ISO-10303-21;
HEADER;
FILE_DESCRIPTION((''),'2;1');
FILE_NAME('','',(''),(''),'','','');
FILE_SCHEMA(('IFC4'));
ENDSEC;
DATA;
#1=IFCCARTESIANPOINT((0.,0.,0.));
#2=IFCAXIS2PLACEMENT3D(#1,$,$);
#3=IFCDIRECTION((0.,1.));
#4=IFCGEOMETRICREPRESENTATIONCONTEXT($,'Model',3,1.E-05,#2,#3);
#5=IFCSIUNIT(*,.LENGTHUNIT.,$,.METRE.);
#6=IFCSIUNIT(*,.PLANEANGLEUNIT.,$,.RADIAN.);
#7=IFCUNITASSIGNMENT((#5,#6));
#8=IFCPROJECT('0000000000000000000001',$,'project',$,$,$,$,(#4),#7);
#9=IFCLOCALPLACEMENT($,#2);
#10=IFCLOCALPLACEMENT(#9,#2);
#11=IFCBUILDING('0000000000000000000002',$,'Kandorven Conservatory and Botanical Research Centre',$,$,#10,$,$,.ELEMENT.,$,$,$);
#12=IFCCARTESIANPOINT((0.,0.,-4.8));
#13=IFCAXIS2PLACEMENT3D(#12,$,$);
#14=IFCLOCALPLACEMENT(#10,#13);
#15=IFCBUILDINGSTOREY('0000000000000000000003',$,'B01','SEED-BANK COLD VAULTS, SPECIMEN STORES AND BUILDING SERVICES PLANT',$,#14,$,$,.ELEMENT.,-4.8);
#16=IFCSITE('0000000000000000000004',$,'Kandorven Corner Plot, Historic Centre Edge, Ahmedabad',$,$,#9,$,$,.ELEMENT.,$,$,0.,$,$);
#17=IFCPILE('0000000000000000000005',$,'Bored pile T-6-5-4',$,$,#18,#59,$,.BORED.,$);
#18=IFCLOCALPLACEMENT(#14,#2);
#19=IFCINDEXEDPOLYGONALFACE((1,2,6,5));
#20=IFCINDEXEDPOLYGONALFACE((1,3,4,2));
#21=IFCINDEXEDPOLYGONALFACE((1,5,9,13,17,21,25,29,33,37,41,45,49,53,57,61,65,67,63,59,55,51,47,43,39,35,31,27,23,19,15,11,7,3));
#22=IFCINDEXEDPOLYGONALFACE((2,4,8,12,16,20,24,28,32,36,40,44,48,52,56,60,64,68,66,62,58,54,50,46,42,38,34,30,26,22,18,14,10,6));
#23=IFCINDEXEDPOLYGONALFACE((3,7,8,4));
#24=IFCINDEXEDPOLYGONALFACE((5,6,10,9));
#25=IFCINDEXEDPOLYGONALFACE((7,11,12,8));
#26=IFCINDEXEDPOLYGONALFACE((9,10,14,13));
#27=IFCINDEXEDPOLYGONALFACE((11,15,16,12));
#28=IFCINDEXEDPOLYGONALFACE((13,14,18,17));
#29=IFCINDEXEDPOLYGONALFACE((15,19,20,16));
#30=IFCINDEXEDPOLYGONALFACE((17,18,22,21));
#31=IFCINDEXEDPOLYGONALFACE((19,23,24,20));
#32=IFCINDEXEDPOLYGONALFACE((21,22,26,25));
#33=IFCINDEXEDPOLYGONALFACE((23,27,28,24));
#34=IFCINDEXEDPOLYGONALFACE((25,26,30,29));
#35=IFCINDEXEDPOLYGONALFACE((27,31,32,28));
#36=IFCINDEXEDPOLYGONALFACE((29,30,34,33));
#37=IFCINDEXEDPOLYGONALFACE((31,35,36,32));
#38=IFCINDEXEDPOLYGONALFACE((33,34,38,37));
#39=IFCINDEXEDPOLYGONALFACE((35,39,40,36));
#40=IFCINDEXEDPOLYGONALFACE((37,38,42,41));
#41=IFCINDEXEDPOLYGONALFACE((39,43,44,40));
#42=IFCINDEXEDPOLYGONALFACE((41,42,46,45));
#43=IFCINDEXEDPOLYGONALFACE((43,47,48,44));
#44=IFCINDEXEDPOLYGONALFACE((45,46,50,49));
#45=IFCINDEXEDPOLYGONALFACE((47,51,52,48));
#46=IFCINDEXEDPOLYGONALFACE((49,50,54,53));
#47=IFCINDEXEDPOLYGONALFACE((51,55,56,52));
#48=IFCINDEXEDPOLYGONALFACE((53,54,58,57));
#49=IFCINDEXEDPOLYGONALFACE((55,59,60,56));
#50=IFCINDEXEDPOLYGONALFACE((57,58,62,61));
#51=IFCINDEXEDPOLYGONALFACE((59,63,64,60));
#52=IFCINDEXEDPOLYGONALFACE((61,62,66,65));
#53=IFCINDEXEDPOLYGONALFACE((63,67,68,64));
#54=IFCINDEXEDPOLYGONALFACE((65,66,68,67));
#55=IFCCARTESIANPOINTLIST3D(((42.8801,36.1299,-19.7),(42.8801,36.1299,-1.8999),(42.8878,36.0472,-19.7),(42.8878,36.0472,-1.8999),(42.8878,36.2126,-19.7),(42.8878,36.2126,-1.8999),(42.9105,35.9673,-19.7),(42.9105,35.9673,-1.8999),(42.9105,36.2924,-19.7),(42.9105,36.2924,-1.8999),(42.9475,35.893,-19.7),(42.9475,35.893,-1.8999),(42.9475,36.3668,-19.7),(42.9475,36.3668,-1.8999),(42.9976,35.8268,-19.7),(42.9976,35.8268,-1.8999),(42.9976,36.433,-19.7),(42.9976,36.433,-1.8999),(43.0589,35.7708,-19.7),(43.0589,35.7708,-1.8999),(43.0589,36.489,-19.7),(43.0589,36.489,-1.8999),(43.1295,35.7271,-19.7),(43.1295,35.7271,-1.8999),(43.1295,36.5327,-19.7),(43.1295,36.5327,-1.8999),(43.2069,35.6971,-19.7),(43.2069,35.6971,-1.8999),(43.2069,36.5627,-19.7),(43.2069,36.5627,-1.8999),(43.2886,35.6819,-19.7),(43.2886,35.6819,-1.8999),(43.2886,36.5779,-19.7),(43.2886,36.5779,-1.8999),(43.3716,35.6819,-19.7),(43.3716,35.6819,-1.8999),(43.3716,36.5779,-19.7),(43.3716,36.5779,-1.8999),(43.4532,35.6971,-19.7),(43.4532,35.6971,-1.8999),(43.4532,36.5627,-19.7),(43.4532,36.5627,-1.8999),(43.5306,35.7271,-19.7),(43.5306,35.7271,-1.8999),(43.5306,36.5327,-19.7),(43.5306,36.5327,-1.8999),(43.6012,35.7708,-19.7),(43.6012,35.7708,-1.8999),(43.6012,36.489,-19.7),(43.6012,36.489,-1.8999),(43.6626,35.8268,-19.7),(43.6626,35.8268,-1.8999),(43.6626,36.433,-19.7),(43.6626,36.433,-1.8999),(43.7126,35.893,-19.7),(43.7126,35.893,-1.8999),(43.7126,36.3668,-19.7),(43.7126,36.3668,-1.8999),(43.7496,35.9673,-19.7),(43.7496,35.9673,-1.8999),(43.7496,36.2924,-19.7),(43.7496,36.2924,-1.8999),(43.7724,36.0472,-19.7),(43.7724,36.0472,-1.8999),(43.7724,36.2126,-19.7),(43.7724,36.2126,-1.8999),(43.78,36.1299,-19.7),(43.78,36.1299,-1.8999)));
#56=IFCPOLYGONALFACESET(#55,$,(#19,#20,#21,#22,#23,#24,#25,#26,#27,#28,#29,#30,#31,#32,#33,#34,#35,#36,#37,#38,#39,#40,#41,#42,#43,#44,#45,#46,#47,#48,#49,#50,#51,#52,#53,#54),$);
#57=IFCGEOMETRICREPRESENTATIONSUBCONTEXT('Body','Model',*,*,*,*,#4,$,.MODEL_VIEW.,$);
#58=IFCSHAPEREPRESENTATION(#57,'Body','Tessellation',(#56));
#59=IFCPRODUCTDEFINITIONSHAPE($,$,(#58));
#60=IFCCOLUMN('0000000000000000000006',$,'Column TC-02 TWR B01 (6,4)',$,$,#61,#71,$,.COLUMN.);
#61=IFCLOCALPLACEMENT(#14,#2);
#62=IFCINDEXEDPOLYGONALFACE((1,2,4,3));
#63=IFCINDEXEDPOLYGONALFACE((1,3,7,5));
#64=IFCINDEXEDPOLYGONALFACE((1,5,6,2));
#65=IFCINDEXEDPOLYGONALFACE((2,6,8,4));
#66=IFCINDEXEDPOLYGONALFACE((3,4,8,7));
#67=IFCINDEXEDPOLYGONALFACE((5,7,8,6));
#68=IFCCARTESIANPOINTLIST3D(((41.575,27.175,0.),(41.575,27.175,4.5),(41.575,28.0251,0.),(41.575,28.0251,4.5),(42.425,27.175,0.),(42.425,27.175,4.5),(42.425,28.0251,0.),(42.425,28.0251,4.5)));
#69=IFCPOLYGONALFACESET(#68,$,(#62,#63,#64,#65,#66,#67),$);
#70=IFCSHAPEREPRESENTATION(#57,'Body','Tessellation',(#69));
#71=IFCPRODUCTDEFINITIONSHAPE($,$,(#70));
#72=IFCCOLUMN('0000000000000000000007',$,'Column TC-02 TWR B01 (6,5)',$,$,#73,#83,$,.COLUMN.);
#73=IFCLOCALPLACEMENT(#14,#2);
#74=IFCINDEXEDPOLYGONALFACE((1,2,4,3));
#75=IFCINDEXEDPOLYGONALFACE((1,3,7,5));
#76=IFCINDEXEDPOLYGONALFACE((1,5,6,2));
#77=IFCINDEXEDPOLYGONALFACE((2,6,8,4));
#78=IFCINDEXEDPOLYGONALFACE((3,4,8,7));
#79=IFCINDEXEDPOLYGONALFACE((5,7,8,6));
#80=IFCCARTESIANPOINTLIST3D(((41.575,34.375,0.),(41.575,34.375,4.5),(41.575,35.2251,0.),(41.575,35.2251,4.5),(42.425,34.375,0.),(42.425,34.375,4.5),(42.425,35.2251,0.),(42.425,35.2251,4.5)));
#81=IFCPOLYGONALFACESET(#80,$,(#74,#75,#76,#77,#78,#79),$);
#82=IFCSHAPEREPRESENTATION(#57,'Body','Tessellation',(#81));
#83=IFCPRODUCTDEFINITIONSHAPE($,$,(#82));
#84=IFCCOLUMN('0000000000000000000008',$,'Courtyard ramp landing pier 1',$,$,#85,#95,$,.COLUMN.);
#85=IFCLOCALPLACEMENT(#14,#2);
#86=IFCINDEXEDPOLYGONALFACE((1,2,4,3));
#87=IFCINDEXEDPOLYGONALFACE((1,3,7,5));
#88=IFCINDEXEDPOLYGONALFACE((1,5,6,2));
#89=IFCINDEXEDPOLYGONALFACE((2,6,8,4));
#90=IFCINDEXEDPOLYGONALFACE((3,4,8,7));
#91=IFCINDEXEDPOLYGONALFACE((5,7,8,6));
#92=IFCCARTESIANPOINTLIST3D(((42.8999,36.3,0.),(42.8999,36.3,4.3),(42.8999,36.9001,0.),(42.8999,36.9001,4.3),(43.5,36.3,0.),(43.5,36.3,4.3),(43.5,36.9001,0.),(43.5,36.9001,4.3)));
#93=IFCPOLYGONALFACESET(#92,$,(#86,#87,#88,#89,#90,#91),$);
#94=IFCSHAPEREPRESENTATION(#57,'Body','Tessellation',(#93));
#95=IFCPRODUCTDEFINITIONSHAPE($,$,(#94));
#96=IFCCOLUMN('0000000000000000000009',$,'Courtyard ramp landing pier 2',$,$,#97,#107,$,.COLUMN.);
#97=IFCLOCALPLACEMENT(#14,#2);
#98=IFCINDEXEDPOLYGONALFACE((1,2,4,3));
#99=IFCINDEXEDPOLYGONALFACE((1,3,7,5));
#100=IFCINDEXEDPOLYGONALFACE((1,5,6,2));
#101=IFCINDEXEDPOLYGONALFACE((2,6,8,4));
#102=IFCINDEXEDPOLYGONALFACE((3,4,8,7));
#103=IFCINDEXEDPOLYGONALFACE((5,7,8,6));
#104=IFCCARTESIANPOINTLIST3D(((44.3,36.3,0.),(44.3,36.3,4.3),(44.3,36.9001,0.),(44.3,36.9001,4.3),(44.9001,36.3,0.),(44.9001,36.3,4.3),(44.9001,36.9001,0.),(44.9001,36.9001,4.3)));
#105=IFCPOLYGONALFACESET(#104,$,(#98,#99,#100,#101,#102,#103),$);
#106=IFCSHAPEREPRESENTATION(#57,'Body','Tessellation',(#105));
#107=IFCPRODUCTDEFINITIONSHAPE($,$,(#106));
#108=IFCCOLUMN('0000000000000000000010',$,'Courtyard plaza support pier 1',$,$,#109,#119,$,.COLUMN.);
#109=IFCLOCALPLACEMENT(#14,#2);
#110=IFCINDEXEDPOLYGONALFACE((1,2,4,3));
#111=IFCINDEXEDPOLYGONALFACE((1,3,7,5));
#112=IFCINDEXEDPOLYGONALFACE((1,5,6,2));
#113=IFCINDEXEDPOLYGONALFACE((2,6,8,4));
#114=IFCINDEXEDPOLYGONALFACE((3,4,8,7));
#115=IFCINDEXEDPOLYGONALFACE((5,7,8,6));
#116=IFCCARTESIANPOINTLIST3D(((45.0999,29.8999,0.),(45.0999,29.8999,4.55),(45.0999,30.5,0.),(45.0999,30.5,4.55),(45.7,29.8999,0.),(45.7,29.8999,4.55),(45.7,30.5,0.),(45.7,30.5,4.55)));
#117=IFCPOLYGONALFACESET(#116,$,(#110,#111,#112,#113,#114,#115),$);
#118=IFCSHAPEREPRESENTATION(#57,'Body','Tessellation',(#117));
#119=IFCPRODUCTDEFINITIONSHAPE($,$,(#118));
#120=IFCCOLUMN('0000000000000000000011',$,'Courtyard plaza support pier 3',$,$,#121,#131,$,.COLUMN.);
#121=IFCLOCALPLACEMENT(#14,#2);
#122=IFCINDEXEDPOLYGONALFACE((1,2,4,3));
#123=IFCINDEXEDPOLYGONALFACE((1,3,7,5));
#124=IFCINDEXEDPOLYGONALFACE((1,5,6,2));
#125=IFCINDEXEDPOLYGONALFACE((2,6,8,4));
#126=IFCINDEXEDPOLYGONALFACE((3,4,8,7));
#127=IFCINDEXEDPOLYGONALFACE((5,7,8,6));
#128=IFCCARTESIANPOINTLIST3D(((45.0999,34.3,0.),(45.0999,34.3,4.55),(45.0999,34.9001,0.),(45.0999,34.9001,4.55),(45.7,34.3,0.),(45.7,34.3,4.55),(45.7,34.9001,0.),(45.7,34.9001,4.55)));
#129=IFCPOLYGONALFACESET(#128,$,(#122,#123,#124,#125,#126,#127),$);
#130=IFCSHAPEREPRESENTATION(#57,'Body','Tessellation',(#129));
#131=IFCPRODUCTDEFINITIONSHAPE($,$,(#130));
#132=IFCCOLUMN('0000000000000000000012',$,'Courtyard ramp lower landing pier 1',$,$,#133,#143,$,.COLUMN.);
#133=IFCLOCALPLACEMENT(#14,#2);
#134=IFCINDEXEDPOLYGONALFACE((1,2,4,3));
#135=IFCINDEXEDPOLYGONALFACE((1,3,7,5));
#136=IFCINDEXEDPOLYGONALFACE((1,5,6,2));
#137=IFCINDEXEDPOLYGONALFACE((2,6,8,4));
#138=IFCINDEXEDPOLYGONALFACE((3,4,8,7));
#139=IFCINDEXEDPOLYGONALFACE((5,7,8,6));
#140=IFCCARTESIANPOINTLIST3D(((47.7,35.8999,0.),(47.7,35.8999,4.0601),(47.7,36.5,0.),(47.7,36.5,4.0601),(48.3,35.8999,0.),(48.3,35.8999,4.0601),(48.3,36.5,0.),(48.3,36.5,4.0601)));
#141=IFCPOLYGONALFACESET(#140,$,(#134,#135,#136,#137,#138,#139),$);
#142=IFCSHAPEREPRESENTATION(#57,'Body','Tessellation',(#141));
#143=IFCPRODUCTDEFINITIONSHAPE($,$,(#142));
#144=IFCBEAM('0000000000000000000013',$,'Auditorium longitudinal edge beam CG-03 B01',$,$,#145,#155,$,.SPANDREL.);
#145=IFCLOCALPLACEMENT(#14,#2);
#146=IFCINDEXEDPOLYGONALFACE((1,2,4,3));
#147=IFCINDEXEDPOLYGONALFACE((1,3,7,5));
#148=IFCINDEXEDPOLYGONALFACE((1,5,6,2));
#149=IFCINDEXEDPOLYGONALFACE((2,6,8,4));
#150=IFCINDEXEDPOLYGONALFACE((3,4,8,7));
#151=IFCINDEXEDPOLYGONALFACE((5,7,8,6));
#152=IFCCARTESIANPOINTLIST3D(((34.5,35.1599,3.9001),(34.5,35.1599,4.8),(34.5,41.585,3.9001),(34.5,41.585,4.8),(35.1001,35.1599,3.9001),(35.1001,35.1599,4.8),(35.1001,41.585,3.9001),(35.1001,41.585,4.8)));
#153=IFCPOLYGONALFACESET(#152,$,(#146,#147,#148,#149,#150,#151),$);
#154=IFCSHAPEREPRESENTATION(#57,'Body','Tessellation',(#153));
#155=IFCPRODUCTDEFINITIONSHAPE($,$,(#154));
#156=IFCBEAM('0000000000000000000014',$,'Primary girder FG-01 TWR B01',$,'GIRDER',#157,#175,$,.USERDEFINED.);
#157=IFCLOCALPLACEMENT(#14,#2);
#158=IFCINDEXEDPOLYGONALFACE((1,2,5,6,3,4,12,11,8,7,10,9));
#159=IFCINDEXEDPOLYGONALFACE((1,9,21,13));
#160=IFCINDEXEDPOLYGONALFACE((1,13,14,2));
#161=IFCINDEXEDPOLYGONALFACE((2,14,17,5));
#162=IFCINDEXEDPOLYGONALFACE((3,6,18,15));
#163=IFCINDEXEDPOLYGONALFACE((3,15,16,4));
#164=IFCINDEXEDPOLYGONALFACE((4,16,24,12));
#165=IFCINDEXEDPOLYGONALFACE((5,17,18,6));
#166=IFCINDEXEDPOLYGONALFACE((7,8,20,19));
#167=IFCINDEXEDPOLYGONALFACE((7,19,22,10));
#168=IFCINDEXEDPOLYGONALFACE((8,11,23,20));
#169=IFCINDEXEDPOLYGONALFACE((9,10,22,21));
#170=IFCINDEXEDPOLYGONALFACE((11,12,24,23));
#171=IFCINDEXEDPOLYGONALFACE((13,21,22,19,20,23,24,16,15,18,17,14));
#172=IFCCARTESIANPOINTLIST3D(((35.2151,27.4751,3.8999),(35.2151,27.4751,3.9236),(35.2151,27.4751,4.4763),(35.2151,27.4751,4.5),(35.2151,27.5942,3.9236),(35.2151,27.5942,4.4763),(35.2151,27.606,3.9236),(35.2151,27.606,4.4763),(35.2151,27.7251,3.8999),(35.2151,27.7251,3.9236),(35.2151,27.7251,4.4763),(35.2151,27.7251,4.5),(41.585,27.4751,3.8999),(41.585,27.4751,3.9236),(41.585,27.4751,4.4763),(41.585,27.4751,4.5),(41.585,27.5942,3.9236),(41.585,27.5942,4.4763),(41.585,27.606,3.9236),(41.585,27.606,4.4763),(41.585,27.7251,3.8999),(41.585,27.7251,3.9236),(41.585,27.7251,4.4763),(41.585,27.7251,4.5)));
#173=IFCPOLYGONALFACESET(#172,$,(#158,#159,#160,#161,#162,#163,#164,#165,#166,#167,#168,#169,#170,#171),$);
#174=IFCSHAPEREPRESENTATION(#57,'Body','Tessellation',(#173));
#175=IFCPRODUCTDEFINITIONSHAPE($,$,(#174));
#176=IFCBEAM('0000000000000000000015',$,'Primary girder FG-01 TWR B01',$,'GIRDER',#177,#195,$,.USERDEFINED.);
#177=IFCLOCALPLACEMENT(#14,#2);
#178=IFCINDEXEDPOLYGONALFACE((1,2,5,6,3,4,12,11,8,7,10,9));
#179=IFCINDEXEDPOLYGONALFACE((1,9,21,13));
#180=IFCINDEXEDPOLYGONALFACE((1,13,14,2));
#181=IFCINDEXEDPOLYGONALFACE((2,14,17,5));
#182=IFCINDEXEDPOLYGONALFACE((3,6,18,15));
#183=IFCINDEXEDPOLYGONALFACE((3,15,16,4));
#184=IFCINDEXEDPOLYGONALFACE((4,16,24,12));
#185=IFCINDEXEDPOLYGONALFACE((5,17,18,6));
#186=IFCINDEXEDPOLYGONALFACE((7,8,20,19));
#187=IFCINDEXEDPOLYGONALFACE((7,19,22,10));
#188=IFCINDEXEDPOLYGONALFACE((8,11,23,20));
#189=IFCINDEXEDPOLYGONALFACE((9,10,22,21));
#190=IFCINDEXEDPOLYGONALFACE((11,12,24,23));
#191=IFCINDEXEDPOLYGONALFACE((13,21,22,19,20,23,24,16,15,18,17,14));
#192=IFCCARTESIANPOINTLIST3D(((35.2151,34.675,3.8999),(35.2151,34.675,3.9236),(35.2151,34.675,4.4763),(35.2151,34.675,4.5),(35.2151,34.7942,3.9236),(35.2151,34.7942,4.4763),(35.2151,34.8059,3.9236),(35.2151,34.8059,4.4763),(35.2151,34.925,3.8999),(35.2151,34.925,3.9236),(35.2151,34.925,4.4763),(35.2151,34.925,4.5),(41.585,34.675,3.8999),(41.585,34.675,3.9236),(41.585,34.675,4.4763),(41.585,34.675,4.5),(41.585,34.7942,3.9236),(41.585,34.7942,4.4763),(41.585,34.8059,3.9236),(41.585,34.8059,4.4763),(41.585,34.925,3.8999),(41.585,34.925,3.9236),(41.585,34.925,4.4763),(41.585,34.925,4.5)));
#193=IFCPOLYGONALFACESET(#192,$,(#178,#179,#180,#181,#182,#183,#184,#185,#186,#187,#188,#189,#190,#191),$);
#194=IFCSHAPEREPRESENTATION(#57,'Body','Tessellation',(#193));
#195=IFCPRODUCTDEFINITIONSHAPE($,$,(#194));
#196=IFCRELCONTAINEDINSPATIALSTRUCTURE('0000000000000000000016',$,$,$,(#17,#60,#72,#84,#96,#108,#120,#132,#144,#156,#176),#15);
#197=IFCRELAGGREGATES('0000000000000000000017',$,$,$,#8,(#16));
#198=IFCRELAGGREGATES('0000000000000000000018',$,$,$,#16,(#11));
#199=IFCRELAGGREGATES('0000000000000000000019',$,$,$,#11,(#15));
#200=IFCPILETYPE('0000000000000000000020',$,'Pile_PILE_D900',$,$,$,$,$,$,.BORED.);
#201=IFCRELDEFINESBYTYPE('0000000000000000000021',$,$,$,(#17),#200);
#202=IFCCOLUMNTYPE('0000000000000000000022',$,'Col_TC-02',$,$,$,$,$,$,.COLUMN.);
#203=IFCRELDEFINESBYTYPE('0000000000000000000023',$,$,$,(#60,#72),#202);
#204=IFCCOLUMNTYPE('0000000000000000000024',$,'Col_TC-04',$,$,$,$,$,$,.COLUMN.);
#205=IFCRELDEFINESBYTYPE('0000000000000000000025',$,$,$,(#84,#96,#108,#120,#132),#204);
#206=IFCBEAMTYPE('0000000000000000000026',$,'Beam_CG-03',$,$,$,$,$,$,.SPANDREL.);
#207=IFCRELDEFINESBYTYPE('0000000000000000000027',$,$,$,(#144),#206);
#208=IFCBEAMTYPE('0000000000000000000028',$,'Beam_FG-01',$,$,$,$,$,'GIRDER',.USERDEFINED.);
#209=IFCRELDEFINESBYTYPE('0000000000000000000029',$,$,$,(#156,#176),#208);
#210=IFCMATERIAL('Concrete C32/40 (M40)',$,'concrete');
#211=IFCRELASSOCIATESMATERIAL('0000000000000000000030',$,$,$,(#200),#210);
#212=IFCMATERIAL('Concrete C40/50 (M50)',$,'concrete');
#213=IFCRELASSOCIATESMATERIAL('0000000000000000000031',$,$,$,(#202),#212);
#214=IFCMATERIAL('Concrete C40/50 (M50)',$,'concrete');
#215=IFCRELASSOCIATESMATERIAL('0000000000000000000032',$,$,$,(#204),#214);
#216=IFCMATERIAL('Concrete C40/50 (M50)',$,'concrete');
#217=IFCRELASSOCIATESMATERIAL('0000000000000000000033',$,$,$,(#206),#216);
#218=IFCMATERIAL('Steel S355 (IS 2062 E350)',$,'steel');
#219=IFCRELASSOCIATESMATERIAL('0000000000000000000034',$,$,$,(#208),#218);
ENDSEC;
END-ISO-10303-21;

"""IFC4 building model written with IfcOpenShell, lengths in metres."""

from ifc_helpers import new_model, si_unit, direction, frame, origin, origin_2d, place, context, subcontext, project, spatial, rectangle, circle, i_section, extrude, material, material_profile, profile_set, type_object, element, save


model = new_model("IFC4")

# Units and contexts
model_context = context("Model", 3, precision=1e-05, world=origin(), true_north=direction((0.0, 1.0)))
body_context = subcontext(model_context, "Body", "Model", "MODEL_VIEW")
ifc_project = project(units=[si_unit("LENGTHUNIT", "METRE"), si_unit("PLANEANGLEUNIT", "RADIAN")], contexts=[model_context])

# Site, building, storey
site_placement = place(None, origin())
site = spatial("IfcSite", under=ifc_project, at=site_placement, Name="Kandorven Corner Plot, Historic Centre Edge, Ahmedabad", CompositionType="ELEMENT", RefElevation=0.0)
building_placement = place(site_placement, origin())
building = spatial("IfcBuilding", under=site, at=building_placement, Name="Kandorven Conservatory and Botanical Research Centre", CompositionType="ELEMENT")
storey_placement = place(building_placement, frame((0.0, 0.0, -4.8)))
storey = spatial("IfcBuildingStorey", under=building, at=storey_placement, Name="B01", Description="SEED-BANK COLD VAULTS, SPECIMEN STORES AND BUILDING SERVICES PLANT", CompositionType="ELEMENT", Elevation=-4.8)

# Pile
ifc_material_1 = material(Name="Concrete C32/40 (M40)", Category="concrete")
ifc_material_profile_1 = material_profile(ifc_material_1, circle(Radius=0.45, at=origin_2d()))
ifc_profile_set_1 = profile_set([ifc_material_profile_1], Name="Concrete C32/40 (M40)")
pile_type_1 = type_object("IfcPileType", Name="Pile_PILE_D900", PredefinedType="BORED", material=ifc_profile_set_1)
for number, where, z_axis, x_axis, name in (
    (1, (43.3301, 36.1299, -1.8999), (0.0, 0.0, -1.0), (1.0, 0.0, 0.0), "Bored pile T-6-5-4"),
):
    element("IfcPile", number, at=place(storey_placement, frame(where, z_axis=z_axis, x_axis=x_axis)), inside=storey, type_object=pile_type_1, Name=name, PredefinedType="BORED", context=body_context, shape_type="SweptSolid", body=[
        extrude(circle(Radius=0.45, at=origin_2d()), origin(), (0.0, 0.0, 1.0), 17.8),
    ])

# Columns
ifc_material_2 = material(Name="Concrete C40/50 (M50)", Category="concrete")
ifc_material_profile_2 = material_profile(ifc_material_2, rectangle(XDim=0.8501, YDim=0.8501, at=origin_2d()))
ifc_profile_set_2 = profile_set([ifc_material_profile_2], Name="Concrete C40/50 (M50)")
column_type_1 = type_object("IfcColumnType", Name="Col_TC-02", PredefinedType="COLUMN", material=ifc_profile_set_2)
for number, where, z_axis, x_axis, name in (
    (2, (42.0, 27.6001, 0.0), (0.0, 0.0, 1.0), (1.0, 0.0, 0.0), "Column TC-02 TWR B01 (6,4)"),
    (3, (42.0, 34.8, 0.0), (0.0, 0.0, 1.0), (1.0, 0.0, 0.0), "Column TC-02 TWR B01 (6,5)"),
):
    element("IfcColumn", number, at=place(storey_placement, frame(where, z_axis=z_axis, x_axis=x_axis)), inside=storey, type_object=column_type_1, Name=name, PredefinedType="COLUMN", context=body_context, shape_type="SweptSolid", body=[
        extrude(rectangle(XDim=0.8501, YDim=0.8501, at=origin_2d()), origin(), (0.0, 0.0, 1.0), 4.5),
    ])
ifc_material_3 = material(Name="Concrete C40/50 (M50)", Category="concrete")
ifc_material_profile_3 = material_profile(ifc_material_3, rectangle(XDim=0.6001, YDim=0.6001, at=origin_2d()))
ifc_profile_set_3 = profile_set([ifc_material_profile_3], Name="Concrete C40/50 (M50)")
column_type_2 = type_object("IfcColumnType", Name="Col_TC-04", PredefinedType="COLUMN", material=ifc_profile_set_3)
for number, where, z_axis, x_axis, name in (
    (4, (43.2, 36.6001, 0.0), (0.0, 0.0, 1.0), (1.0, 0.0, 0.0), "Courtyard ramp landing pier 1"),
    (5, (44.6001, 36.6001, 0.0), (0.0, 0.0, 1.0), (1.0, 0.0, 0.0), "Courtyard ramp landing pier 2"),
):
    element("IfcColumn", number, at=place(storey_placement, frame(where, z_axis=z_axis, x_axis=x_axis)), inside=storey, type_object=column_type_2, Name=name, PredefinedType="COLUMN", context=body_context, shape_type="SweptSolid", body=[
        extrude(rectangle(XDim=0.6001, YDim=0.6001, at=origin_2d()), origin(), (0.0, 0.0, 1.0), 4.3),
    ])
for number, where, z_axis, x_axis, name in (
    (6, (45.3999, 30.2, 0.0), (0.0, 0.0, 1.0), (1.0, 0.0, 0.0), "Courtyard plaza support pier 1"),
    (7, (45.3999, 34.6001, 0.0), (0.0, 0.0, 1.0), (1.0, 0.0, 0.0), "Courtyard plaza support pier 3"),
):
    element("IfcColumn", number, at=place(storey_placement, frame(where, z_axis=z_axis, x_axis=x_axis)), inside=storey, type_object=column_type_2, Name=name, PredefinedType="COLUMN", context=body_context, shape_type="SweptSolid", body=[
        extrude(rectangle(XDim=0.6001, YDim=0.6001, at=origin_2d()), origin(), (0.0, 0.0, 1.0), 4.55),
    ])
column_placement = place(storey_placement, frame((48.0, 36.2, 0.0), z_axis=(0.0, 0.0, 1.0), x_axis=(1.0, 0.0, 0.0)))
element("IfcColumn", 8, at=column_placement, inside=storey, type_object=column_type_2, Name="Courtyard ramp lower landing pier 1", PredefinedType="COLUMN", context=body_context, shape_type="SweptSolid", body=[
    extrude(rectangle(XDim=0.6001, YDim=0.6001, at=origin_2d()), origin(), (0.0, 0.0, 1.0), 4.0601),
])

# Beams
ifc_material_4 = material(Name="Concrete C40/50 (M50)", Category="concrete")
ifc_material_profile_4 = material_profile(ifc_material_4, rectangle(XDim=0.6001, YDim=0.8999, at=origin_2d()))
ifc_profile_set_4 = profile_set([ifc_material_profile_4], Name="Concrete C40/50 (M50)")
beam_type_1 = type_object("IfcBeamType", Name="Beam_CG-03", PredefinedType="SPANDREL", material=ifc_profile_set_4)
beam_1_placement = place(storey_placement, frame((34.8, 35.1599, 4.3501), z_axis=(0.0, 1.0, 0.0), x_axis=(-1.0, 0.0, 0.0)))
element("IfcBeam", 9, at=beam_1_placement, inside=storey, type_object=beam_type_1, Name="Auditorium longitudinal edge beam CG-03 B01", PredefinedType="SPANDREL", context=body_context, shape_type="SweptSolid", body=[
    extrude(rectangle(XDim=0.6001, YDim=0.8999, at=origin_2d()), origin(), (0.0, 0.0, 1.0), 6.425),
])
ifc_material_5 = material(Name="Steel S355 (IS 2062 E350)", Category="steel")
ifc_material_profile_5 = material_profile(ifc_material_5, i_section(OverallWidth=0.25, OverallDepth=0.6001, WebThickness=0.0117, FlangeThickness=0.0237, at=origin_2d()))
ifc_profile_set_5 = profile_set([ifc_material_profile_5], Name="Steel S355 (IS 2062 E350)")
beam_type_2 = type_object("IfcBeamType", Name="Beam_FG-01", ElementType="GIRDER", PredefinedType="USERDEFINED", material=ifc_profile_set_5)
for number, where, z_axis, x_axis, name in (
    (10, (35.2151, 27.6001, 4.2), (1.0, 0.0, 0.0), (0.0, 1.0, 0.0), "Primary girder FG-01 TWR B01"),
    (11, (35.2151, 34.8, 4.2), (1.0, 0.0, 0.0), (0.0, 1.0, 0.0), "Primary girder FG-01 TWR B01"),
):
    element("IfcBeam", number, at=place(storey_placement, frame(where, z_axis=z_axis, x_axis=x_axis)), inside=storey, type_object=beam_type_2, Name=name, ObjectType="GIRDER", PredefinedType="USERDEFINED", context=body_context, shape_type="SweptSolid", body=[
        extrude(i_section(OverallWidth=0.25, OverallDepth=0.6001, WebThickness=0.0117, FlangeThickness=0.0237, at=origin_2d()), origin(), (0.0, 0.0, 1.0), 6.3699),
    ])

save(model, "model.ifc")
